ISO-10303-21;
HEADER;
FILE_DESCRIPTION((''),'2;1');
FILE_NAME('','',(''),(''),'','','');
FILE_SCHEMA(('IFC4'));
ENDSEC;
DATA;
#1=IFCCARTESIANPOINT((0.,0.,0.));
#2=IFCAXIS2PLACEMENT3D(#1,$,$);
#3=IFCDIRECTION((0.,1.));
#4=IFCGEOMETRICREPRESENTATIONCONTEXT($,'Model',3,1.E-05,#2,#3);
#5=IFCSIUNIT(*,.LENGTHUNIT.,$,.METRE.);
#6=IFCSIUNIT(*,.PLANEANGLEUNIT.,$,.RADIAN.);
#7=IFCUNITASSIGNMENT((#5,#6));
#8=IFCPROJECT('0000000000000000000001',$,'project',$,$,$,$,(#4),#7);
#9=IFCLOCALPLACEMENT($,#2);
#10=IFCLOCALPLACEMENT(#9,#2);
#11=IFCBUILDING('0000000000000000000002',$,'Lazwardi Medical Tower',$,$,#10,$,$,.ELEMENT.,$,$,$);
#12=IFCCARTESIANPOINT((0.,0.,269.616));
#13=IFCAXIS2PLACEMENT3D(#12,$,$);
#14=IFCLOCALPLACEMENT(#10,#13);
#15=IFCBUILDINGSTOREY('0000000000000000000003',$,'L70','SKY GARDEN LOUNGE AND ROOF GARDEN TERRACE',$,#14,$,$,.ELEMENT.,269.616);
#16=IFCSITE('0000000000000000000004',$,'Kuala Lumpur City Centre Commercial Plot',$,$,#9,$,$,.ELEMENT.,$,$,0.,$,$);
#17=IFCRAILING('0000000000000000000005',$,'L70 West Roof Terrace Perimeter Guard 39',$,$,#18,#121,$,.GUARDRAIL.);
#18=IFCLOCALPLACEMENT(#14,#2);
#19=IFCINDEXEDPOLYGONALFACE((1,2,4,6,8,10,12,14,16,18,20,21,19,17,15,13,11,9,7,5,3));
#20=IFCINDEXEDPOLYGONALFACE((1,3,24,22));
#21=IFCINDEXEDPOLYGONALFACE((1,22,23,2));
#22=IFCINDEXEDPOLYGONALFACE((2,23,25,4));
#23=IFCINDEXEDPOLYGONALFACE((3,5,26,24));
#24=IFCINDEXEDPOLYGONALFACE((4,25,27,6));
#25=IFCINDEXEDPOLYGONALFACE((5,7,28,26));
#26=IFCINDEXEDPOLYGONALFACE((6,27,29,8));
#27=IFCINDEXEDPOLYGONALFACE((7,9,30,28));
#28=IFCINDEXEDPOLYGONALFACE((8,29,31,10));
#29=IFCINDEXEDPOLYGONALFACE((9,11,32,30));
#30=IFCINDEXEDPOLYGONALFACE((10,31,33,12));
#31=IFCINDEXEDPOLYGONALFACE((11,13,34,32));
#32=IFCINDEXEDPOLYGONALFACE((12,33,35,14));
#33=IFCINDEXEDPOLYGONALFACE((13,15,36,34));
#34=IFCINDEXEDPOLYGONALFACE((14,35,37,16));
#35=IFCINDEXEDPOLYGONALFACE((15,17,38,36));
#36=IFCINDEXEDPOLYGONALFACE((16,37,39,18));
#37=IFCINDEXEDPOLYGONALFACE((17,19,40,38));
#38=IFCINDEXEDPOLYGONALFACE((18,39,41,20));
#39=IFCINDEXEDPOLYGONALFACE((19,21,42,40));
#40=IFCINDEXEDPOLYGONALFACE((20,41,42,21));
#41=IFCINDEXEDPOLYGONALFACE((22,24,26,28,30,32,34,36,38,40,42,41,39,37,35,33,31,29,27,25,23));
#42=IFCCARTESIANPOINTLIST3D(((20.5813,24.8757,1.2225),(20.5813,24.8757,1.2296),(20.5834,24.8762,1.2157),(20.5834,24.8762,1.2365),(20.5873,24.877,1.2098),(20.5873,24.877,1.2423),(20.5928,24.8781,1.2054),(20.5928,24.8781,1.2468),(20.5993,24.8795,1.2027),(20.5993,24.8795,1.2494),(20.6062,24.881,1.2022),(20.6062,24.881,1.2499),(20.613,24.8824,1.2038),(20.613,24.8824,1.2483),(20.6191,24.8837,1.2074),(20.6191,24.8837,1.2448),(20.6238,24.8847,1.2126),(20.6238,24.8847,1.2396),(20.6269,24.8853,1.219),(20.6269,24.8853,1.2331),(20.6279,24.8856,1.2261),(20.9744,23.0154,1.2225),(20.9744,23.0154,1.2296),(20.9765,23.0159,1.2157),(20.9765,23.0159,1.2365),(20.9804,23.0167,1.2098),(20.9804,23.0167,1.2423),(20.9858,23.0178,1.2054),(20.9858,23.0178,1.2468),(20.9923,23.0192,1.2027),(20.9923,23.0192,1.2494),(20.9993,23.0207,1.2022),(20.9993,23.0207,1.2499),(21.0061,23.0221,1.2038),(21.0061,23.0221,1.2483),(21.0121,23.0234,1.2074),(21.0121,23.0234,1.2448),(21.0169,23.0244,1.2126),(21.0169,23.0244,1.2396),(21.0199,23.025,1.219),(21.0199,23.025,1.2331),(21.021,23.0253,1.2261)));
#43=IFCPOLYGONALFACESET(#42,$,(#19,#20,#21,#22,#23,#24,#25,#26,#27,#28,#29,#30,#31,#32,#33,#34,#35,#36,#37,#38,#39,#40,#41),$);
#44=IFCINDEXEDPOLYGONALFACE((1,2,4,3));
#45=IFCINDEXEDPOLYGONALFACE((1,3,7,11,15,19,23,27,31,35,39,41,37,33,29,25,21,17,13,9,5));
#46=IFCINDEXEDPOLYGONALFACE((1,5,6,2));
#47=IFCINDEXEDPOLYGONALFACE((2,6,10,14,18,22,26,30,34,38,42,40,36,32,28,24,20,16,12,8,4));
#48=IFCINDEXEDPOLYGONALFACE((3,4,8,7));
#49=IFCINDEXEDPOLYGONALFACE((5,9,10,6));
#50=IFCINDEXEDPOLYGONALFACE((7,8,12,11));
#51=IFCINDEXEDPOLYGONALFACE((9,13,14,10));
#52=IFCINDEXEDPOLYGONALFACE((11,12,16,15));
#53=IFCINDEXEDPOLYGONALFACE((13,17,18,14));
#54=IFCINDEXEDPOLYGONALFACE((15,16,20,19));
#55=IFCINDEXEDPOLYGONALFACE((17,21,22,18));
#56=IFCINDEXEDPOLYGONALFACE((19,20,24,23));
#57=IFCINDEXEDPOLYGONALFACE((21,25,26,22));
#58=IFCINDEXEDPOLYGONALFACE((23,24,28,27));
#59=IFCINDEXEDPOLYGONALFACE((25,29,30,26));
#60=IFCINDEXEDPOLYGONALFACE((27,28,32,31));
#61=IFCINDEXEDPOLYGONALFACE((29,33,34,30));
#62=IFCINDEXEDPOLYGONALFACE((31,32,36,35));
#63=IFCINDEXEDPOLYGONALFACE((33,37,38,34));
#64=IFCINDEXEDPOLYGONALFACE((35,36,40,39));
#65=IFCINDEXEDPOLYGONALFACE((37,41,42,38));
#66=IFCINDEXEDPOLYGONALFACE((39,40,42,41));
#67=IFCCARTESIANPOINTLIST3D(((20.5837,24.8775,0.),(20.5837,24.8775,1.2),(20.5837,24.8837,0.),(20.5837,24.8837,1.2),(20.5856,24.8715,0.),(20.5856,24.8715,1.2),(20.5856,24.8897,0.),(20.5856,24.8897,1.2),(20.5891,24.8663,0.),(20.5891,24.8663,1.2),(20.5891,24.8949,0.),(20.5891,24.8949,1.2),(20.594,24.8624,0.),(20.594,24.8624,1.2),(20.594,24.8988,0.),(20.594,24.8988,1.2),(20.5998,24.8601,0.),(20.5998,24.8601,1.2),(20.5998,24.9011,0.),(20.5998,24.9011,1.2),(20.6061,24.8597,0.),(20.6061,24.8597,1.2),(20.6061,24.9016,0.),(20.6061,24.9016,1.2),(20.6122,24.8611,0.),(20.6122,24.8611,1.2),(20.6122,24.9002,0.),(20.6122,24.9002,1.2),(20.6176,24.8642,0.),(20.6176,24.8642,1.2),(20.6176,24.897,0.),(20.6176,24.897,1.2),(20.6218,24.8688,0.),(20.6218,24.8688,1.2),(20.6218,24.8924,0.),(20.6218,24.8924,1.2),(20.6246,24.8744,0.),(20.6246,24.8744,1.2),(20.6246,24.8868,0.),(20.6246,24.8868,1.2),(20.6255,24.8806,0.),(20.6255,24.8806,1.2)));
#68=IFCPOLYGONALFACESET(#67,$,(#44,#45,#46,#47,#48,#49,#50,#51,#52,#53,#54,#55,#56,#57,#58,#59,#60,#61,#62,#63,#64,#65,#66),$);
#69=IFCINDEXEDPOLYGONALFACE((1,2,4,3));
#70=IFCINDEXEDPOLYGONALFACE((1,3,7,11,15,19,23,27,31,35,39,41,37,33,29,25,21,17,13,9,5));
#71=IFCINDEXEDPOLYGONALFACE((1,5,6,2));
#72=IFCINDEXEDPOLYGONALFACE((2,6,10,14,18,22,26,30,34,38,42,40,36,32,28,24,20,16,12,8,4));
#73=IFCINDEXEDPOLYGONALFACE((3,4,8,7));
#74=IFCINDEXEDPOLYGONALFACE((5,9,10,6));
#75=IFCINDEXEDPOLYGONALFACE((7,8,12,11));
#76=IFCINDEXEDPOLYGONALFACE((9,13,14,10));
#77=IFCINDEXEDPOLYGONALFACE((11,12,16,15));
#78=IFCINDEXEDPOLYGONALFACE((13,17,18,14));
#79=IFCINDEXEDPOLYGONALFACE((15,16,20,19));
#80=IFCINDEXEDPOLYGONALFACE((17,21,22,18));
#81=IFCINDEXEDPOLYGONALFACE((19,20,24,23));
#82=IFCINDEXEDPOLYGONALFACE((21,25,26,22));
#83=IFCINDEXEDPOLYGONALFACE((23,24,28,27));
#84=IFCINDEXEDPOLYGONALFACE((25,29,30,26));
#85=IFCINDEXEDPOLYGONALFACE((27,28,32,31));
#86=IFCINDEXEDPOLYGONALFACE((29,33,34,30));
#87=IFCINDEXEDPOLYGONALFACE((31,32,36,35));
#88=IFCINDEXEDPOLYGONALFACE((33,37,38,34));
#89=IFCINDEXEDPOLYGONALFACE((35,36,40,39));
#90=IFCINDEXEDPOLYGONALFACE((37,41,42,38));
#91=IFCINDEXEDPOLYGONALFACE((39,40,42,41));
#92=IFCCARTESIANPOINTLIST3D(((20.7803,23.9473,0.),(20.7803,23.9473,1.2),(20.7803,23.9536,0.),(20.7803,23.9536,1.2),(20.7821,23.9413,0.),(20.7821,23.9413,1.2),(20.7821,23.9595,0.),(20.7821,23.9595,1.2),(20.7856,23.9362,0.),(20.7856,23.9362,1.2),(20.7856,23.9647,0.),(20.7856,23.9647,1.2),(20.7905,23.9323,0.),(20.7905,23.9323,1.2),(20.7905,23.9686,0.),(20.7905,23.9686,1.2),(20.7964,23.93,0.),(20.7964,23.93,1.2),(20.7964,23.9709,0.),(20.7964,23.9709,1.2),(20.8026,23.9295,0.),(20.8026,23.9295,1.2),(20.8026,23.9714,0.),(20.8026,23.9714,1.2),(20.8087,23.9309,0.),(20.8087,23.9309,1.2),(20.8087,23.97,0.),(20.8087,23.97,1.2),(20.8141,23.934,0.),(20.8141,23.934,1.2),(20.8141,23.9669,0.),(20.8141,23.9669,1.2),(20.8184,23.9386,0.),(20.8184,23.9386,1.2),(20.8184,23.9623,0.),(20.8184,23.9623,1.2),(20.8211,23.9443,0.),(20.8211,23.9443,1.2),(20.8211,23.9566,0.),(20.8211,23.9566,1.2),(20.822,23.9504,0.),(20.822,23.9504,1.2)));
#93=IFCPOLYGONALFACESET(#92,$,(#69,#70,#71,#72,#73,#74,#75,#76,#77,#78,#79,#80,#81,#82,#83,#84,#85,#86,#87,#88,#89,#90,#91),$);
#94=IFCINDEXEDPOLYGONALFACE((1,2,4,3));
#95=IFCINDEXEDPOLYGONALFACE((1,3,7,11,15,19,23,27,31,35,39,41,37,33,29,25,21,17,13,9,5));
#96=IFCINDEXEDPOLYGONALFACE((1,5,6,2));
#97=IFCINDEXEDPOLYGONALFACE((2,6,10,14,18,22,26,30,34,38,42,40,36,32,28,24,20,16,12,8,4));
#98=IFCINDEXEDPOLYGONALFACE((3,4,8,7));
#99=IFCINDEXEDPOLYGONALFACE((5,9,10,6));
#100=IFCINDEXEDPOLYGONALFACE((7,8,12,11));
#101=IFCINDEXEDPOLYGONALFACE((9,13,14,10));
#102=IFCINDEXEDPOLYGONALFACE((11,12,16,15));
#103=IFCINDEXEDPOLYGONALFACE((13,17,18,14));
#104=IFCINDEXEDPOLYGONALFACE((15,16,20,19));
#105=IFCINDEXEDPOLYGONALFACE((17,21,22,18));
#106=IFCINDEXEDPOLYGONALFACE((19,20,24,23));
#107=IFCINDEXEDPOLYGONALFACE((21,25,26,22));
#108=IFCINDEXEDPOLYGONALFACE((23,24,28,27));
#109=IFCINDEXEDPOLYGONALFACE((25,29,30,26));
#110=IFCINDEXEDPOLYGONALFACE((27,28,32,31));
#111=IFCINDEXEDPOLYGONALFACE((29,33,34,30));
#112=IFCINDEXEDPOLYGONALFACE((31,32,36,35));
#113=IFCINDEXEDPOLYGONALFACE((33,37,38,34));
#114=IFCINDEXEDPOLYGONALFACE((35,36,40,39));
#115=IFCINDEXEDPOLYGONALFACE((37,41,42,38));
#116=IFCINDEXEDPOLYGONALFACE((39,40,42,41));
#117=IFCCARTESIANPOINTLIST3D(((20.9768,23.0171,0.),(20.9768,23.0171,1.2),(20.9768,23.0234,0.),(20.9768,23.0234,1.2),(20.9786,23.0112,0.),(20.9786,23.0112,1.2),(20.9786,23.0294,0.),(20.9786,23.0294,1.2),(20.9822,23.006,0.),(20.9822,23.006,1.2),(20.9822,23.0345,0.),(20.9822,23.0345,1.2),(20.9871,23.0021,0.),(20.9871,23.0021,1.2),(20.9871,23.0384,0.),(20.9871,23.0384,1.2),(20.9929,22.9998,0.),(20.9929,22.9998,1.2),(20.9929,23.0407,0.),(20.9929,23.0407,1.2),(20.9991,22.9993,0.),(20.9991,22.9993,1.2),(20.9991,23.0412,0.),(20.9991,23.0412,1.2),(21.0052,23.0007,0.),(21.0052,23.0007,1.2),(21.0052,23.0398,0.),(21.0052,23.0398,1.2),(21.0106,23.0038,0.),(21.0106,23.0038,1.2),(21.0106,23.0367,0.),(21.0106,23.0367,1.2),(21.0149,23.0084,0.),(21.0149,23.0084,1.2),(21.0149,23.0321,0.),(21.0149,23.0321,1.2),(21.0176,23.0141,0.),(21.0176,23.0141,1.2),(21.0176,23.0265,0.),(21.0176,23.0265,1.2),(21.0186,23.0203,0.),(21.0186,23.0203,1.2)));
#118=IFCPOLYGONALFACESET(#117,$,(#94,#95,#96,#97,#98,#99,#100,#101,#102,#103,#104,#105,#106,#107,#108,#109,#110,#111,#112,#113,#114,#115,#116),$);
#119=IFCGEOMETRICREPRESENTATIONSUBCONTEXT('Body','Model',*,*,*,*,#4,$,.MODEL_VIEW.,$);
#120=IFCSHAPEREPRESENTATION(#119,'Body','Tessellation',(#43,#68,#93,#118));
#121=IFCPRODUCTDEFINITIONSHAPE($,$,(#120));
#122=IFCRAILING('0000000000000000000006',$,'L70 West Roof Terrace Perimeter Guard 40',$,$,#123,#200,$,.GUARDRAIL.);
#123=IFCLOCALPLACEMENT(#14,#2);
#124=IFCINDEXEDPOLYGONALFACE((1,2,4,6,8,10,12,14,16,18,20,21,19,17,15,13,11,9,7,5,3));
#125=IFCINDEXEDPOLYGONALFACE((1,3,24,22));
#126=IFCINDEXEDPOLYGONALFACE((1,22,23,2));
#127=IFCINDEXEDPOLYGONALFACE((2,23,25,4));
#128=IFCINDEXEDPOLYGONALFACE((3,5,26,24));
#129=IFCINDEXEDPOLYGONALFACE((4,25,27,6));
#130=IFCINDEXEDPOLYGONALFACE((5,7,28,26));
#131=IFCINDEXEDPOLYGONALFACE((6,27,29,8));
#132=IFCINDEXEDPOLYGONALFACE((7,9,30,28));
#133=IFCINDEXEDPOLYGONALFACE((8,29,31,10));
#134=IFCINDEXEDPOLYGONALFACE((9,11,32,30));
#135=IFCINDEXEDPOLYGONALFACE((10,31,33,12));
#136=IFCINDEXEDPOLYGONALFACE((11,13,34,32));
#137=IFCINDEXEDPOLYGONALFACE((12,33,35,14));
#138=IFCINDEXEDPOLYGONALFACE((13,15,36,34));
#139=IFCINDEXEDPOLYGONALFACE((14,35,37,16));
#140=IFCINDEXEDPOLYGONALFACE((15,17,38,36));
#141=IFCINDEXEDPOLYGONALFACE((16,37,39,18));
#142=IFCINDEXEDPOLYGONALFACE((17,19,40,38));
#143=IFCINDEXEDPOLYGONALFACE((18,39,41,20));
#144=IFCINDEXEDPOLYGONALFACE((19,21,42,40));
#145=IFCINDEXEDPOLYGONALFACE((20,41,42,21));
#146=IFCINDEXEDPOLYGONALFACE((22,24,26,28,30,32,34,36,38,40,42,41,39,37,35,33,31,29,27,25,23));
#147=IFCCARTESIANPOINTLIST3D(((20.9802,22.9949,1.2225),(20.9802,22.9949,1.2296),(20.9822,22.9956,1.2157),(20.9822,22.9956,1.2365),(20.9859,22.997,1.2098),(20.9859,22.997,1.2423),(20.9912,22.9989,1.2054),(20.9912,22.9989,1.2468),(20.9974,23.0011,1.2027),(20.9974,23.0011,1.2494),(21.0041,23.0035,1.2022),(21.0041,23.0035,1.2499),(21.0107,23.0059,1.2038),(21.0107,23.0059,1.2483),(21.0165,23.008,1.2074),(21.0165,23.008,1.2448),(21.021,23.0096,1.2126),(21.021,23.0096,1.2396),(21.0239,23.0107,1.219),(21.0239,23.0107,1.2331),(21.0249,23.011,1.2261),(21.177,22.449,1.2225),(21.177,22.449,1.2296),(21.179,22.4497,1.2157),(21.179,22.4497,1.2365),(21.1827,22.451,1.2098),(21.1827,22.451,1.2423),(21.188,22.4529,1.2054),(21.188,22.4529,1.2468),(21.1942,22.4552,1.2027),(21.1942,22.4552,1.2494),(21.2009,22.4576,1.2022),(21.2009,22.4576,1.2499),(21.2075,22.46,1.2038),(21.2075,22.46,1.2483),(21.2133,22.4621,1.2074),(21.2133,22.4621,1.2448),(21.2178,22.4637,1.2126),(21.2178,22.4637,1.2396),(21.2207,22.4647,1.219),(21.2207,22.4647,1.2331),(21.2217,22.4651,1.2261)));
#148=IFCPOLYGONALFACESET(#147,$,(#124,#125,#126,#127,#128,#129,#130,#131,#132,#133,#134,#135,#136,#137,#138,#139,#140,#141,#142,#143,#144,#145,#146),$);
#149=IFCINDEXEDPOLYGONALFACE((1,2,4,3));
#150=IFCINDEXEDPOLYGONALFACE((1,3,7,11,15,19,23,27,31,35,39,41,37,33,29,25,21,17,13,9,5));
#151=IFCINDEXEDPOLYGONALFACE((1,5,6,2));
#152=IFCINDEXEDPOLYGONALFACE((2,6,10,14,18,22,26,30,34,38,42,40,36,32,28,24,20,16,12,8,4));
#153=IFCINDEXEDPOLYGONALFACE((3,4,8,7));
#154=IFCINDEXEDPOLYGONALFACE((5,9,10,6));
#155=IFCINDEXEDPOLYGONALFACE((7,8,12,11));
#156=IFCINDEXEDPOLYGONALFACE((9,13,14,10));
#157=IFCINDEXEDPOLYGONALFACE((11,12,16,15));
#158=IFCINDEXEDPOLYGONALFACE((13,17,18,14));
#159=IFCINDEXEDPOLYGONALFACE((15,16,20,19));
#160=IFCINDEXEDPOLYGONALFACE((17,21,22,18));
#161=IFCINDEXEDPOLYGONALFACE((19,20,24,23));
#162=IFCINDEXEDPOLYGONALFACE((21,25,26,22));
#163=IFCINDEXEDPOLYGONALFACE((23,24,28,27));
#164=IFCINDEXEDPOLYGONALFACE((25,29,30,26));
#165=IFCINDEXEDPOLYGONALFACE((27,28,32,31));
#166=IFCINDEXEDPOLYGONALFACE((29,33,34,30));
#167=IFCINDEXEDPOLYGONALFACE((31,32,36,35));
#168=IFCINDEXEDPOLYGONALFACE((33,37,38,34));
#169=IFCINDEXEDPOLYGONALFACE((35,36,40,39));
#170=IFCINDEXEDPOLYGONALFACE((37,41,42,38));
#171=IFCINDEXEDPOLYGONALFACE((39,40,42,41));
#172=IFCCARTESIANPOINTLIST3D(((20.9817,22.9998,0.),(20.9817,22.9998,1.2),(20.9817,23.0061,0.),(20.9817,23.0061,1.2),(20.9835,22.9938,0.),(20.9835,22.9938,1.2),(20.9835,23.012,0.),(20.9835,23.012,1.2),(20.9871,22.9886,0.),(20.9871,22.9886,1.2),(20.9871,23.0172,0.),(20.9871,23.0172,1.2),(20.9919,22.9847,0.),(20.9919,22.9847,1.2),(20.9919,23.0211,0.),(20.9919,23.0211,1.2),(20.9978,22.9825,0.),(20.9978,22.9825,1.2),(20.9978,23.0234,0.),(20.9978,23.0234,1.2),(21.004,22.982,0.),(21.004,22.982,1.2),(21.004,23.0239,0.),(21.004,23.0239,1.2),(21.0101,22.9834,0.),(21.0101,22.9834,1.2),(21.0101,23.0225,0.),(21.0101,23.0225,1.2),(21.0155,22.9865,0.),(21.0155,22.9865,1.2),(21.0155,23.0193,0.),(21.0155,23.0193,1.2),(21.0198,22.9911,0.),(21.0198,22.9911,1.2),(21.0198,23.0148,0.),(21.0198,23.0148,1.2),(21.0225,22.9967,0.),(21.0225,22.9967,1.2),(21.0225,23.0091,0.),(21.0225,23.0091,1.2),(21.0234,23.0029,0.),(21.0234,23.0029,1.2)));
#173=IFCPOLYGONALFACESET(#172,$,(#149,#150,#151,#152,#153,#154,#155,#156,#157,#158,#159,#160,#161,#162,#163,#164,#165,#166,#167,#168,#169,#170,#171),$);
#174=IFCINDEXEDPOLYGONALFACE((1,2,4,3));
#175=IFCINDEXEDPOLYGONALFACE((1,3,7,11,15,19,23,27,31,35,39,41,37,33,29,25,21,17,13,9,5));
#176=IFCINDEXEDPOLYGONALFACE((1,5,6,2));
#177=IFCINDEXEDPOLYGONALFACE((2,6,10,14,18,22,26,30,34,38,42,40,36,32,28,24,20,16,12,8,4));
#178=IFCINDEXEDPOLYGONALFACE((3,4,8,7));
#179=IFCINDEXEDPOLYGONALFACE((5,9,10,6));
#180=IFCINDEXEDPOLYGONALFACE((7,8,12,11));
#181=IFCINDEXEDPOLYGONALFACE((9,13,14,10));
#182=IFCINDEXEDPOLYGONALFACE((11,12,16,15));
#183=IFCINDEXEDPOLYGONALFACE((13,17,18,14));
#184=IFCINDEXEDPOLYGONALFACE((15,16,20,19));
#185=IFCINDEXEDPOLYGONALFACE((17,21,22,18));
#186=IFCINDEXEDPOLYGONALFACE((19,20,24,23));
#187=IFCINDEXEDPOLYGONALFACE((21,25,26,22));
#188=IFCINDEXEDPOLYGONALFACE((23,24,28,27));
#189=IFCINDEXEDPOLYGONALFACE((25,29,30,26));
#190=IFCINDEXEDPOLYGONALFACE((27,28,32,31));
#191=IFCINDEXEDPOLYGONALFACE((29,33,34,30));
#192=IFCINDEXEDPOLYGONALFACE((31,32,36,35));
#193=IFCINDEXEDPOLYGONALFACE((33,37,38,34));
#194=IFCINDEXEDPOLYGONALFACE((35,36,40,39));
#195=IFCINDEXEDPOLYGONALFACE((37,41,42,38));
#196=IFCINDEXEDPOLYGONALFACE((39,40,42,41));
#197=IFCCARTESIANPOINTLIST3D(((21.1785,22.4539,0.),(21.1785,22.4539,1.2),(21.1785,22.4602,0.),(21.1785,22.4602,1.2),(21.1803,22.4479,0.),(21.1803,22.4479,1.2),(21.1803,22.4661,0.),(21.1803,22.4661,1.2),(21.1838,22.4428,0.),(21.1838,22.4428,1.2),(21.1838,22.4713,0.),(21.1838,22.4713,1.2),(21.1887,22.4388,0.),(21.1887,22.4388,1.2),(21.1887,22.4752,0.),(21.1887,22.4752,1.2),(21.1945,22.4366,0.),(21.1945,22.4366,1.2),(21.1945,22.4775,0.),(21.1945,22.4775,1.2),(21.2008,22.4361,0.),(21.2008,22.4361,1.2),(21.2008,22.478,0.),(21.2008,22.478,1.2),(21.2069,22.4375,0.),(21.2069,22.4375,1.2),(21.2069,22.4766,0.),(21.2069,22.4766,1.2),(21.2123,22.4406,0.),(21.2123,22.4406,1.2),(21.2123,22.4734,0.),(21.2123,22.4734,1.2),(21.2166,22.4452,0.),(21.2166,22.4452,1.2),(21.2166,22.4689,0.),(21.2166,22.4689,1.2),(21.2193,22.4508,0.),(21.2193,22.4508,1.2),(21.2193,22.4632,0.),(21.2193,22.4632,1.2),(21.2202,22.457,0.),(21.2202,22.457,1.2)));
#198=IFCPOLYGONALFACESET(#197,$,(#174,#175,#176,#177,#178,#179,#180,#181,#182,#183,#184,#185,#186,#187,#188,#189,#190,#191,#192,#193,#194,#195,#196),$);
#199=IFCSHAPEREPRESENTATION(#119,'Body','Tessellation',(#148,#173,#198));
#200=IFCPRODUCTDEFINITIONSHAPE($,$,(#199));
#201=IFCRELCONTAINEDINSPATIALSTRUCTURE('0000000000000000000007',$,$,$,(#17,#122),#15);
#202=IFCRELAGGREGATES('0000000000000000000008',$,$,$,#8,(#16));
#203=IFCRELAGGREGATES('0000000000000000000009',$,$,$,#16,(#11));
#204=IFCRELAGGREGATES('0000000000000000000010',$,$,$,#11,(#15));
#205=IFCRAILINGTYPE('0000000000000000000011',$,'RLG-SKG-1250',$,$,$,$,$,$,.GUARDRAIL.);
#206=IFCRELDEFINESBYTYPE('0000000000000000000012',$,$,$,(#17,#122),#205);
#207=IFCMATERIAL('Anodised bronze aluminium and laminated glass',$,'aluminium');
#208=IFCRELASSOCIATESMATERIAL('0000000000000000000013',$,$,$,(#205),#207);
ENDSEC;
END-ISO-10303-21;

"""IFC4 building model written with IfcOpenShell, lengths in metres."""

from ifc_helpers import new_model, si_unit, direction, frame, origin, origin_2d, place, context, subcontext, project, spatial, circle, extrude, material, type_object, element, save


model = new_model("IFC4")

# Units and contexts
model_context = context("Model", 3, precision=1e-05, world=origin(), true_north=direction((0.0, 1.0)))
body_context = subcontext(model_context, "Body", "Model", "MODEL_VIEW")
ifc_project = project(units=[si_unit("LENGTHUNIT", "METRE"), si_unit("PLANEANGLEUNIT", "RADIAN")], contexts=[model_context])

# Site, building, storey
site_placement = place(None, origin())
site = spatial("IfcSite", under=ifc_project, at=site_placement, Name="Kuala Lumpur City Centre Commercial Plot", CompositionType="ELEMENT", RefElevation=0.0)
building_placement = place(site_placement, origin())
building = spatial("IfcBuilding", under=site, at=building_placement, Name="Lazwardi Medical Tower", CompositionType="ELEMENT")
storey_placement = place(building_placement, frame((0.0, 0.0, 269.616)))
storey = spatial("IfcBuildingStorey", under=building, at=storey_placement, Name="L70", Description="SKY GARDEN LOUNGE AND ROOF GARDEN TERRACE", CompositionType="ELEMENT", Elevation=269.616)

# Shared definitions
ifc_material_1 = material(Name="Anodised bronze aluminium and laminated glass", Category="aluminium")

# Railings
railing_type = type_object("IfcRailingType", Name="RLG-SKG-1250", PredefinedType="GUARDRAIL", material=ifc_material_1)
railing_1_placement = place(storey_placement, frame((20.6045, 24.8806, 0.0)))
element("IfcRailing", 1, at=railing_1_placement, inside=storey, type_object=railing_type, Name="L70 West Roof Terrace Perimeter Guard 39", PredefinedType="GUARDRAIL", context=body_context, shape_type="SweptSolid", body=[
    extrude(circle(Radius=0.0239, at=origin_2d()), frame((0.0, 0.0, 1.2261), z_axis=(0.206722, -0.9784, 0.0), x_axis=(0.9784, 0.206722, 0.0)), (0.0, 0.0, 1.0), 1.9014),
    extrude(circle(Radius=0.021, at=origin_2d()), origin(), (0.0, 0.0, 1.0), 1.2),
    extrude(circle(Radius=0.021, at=origin_2d()), frame((0.1965, -0.9302, 0.0)), (0.0, 0.0, 1.0), 1.2),
    extrude(circle(Radius=0.021, at=origin_2d()), frame((0.3931, -1.8604, 0.0)), (0.0, 0.0, 1.0), 1.2),
])
railing_2_placement = place(storey_placement, frame((21.0024, 23.0029, 0.0)))
element("IfcRailing", 2, at=railing_2_placement, inside=storey, type_object=railing_type, Name="L70 West Roof Terrace Perimeter Guard 40", PredefinedType="GUARDRAIL", context=body_context, shape_type="SweptSolid", body=[
    extrude(circle(Radius=0.0239, at=origin_2d()), frame((0.0, 0.0, 1.2261), z_axis=(0.339107, -0.940748, 0.0), x_axis=(0.940748, 0.339107, 0.0)), (0.0, 0.0, 1.0), 0.5803),
    extrude(circle(Radius=0.021, at=origin_2d()), origin(), (0.0, 0.0, 1.0), 1.2),
    extrude(circle(Radius=0.021, at=origin_2d()), frame((0.1968, -0.5459, 0.0)), (0.0, 0.0, 1.0), 1.2),
])

save(model, "model.ifc")
